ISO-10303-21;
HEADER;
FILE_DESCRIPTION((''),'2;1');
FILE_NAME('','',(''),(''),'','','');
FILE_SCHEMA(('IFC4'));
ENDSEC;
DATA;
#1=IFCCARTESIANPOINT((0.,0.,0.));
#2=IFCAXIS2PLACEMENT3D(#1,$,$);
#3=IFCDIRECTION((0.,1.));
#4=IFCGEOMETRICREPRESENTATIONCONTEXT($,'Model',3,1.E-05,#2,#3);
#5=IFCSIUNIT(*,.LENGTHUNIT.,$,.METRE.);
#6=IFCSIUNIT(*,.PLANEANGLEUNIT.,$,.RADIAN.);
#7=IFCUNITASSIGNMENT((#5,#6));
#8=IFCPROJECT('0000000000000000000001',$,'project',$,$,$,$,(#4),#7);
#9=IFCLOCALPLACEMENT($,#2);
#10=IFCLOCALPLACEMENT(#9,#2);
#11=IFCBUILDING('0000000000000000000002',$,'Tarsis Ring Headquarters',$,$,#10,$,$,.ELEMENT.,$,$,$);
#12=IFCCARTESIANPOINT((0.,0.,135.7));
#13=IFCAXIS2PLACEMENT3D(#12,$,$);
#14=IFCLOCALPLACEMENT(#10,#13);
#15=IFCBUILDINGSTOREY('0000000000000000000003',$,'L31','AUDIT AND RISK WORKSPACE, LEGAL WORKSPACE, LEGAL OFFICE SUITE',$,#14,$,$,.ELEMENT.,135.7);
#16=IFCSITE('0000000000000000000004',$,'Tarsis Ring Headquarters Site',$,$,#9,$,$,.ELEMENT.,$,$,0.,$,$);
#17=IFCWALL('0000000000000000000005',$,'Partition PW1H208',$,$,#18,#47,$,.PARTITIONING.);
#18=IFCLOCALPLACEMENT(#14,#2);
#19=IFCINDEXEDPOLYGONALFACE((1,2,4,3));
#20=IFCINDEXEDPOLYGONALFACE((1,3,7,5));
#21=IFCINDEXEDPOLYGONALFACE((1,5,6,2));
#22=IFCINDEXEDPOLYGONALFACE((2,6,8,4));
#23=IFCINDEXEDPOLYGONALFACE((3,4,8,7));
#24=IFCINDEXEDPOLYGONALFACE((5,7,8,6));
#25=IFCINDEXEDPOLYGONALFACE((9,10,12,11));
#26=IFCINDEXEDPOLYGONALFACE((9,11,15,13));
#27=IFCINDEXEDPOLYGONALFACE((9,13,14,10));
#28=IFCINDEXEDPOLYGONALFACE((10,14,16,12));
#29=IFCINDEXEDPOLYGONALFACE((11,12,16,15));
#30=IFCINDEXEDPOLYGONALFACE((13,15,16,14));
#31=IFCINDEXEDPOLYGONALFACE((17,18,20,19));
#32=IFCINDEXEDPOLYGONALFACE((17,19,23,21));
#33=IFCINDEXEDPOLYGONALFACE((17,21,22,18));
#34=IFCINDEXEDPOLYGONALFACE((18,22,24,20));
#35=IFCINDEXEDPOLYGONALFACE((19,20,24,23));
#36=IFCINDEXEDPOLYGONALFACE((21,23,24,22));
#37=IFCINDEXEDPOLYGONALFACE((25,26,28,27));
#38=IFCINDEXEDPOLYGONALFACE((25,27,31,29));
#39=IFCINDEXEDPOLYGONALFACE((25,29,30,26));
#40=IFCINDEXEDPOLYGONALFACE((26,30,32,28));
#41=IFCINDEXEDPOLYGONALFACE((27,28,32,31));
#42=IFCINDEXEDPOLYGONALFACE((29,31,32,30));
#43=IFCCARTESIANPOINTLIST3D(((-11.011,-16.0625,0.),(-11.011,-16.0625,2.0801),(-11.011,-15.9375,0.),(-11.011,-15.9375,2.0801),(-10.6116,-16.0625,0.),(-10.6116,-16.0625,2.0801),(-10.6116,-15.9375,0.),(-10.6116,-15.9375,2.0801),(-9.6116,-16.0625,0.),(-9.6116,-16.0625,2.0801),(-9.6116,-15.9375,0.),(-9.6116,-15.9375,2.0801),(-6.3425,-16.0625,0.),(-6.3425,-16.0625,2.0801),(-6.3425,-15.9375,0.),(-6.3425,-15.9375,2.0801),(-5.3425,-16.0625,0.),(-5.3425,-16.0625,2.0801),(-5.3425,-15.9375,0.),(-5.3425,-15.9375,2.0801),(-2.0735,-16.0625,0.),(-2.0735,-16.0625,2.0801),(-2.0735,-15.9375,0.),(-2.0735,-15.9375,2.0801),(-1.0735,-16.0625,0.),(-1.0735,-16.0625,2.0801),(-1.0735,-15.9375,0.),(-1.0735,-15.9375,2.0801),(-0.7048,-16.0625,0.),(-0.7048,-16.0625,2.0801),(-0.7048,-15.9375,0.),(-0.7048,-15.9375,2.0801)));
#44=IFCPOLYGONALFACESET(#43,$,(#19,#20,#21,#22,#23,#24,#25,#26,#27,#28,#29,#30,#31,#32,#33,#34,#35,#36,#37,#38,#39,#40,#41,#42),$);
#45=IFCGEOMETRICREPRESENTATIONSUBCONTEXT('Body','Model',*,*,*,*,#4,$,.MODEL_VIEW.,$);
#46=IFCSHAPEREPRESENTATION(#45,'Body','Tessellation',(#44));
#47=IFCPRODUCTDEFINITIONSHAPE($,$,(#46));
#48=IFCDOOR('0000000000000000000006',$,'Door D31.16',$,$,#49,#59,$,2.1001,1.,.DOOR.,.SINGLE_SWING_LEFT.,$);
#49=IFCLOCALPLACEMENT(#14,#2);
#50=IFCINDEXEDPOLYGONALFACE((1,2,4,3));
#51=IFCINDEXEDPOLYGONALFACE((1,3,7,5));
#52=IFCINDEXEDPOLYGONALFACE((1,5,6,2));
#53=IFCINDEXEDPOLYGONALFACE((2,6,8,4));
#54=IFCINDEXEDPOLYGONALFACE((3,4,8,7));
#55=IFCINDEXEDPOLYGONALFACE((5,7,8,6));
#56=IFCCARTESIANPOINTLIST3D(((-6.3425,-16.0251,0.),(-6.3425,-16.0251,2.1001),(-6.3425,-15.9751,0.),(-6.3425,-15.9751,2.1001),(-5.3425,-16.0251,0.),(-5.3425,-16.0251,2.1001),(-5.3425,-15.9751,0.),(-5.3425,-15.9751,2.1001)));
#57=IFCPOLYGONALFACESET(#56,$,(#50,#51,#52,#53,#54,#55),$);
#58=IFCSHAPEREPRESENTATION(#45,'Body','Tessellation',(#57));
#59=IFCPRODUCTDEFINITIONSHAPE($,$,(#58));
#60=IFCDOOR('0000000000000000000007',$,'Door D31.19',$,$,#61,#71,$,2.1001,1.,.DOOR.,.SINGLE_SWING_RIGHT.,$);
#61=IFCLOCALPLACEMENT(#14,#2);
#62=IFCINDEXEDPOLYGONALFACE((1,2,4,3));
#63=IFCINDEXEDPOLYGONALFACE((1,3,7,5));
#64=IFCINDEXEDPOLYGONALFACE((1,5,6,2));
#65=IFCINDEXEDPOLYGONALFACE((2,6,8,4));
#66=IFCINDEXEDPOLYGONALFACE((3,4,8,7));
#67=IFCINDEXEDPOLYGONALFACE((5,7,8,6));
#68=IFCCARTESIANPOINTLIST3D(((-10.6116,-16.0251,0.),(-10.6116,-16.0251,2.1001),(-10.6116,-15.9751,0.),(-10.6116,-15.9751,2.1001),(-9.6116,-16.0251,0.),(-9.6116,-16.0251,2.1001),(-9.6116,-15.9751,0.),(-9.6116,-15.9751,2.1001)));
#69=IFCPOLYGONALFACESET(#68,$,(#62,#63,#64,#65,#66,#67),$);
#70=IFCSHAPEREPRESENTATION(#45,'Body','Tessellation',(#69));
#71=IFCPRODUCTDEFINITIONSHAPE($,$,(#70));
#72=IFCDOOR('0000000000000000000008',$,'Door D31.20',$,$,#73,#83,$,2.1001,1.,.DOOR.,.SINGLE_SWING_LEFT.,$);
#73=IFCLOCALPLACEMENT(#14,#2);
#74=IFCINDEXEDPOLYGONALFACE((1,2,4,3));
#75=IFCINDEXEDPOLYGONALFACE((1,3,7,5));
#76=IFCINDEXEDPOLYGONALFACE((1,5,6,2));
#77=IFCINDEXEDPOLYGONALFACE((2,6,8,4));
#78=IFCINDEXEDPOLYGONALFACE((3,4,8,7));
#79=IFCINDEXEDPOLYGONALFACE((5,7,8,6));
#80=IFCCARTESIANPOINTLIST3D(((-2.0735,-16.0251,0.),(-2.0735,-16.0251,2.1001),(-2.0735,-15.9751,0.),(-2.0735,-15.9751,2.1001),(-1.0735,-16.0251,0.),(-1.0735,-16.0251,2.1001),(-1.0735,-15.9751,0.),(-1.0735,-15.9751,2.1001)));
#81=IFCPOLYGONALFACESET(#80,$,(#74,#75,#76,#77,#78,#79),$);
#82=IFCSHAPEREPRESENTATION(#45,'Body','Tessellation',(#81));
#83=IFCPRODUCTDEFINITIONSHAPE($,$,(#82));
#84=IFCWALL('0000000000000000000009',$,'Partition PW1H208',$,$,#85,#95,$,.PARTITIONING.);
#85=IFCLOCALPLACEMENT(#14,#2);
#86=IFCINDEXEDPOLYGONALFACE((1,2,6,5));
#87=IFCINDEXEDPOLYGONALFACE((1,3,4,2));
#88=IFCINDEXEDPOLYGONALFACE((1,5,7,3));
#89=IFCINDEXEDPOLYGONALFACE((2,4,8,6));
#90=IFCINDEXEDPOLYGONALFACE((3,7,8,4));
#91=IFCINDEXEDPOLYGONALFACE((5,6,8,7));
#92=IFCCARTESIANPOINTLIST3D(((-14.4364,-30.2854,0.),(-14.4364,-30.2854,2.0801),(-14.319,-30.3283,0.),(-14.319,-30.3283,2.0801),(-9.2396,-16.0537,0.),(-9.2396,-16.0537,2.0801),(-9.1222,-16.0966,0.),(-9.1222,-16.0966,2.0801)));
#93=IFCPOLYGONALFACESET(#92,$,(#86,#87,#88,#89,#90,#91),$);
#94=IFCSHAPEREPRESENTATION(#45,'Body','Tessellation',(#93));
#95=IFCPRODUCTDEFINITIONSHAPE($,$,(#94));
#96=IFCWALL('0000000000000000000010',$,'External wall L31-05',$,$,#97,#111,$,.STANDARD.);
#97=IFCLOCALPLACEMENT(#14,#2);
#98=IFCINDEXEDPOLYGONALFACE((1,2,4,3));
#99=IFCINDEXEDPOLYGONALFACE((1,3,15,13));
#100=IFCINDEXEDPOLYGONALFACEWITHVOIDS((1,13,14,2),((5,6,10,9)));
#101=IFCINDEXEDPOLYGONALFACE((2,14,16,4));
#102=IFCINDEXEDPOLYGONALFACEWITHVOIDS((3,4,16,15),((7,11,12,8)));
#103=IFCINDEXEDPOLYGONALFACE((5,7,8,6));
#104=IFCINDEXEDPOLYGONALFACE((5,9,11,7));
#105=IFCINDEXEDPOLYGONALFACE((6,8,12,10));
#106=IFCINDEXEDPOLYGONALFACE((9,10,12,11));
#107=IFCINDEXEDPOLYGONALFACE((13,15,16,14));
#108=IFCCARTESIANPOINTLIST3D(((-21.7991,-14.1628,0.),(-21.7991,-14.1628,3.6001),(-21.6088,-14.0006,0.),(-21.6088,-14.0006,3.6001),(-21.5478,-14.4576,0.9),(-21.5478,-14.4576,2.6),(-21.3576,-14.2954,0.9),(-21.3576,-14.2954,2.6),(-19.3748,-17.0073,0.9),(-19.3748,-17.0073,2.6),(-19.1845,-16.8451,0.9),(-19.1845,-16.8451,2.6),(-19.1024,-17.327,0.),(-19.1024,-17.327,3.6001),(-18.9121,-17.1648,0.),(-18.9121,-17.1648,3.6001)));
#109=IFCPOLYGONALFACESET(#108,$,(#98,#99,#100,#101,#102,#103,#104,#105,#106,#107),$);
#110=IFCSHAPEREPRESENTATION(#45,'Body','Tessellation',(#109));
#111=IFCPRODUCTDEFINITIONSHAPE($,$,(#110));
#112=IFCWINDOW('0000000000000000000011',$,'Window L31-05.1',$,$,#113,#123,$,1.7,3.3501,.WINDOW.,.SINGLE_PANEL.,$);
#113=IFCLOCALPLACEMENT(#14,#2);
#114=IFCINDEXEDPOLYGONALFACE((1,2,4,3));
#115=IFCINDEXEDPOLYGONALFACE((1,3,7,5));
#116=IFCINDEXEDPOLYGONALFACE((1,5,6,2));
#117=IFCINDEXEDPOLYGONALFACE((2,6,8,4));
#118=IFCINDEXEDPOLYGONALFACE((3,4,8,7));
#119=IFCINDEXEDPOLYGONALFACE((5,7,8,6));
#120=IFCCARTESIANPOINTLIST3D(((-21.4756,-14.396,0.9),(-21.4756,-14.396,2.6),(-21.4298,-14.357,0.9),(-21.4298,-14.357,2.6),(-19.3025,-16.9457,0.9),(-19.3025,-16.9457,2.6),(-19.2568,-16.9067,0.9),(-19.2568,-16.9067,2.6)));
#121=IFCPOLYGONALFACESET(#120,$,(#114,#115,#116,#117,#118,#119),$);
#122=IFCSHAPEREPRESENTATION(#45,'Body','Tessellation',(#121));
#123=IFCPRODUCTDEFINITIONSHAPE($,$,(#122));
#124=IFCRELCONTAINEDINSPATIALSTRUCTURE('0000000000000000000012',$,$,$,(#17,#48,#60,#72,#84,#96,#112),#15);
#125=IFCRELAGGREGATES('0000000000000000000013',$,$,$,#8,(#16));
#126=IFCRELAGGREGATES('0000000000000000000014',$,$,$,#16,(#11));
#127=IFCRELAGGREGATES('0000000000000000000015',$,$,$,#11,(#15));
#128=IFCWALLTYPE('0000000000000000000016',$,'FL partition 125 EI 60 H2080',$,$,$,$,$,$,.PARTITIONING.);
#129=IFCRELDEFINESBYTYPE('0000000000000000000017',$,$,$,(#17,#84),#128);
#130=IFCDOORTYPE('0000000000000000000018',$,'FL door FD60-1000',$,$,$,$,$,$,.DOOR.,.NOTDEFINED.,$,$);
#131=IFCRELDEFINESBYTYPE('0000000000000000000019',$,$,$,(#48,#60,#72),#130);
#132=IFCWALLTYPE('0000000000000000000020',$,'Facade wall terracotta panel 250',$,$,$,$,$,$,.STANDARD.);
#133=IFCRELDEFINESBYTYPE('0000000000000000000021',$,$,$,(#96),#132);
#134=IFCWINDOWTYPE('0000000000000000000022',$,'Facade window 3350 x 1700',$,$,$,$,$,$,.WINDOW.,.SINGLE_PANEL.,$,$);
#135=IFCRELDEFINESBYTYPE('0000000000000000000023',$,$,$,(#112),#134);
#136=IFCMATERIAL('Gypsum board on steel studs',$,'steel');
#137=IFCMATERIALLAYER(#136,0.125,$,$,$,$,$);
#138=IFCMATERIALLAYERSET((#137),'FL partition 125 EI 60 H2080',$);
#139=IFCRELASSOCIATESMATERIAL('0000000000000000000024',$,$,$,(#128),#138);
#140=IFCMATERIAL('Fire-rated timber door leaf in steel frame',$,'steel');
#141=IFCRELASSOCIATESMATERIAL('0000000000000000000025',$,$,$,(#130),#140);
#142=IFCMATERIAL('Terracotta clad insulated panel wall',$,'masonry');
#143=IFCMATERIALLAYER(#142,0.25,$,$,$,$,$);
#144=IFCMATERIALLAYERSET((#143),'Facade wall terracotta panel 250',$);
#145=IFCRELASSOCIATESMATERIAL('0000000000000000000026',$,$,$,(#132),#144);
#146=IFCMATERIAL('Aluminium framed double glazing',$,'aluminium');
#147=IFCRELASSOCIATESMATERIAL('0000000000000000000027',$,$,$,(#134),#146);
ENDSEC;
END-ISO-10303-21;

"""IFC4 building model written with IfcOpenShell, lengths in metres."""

from ifc_helpers import new_model, si_unit, direction, frame, frame_2d, origin, place, context, subcontext, project, spatial, rectangle, extrude, material, layer, layer_set, type_object, element, fill, save


model = new_model("IFC4")

# Units and contexts
model_context = context("Model", 3, precision=1e-05, world=origin(), true_north=direction((0.0, 1.0)))
body_context = subcontext(model_context, "Body", "Model", "MODEL_VIEW")
ifc_project = project(units=[si_unit("LENGTHUNIT", "METRE"), si_unit("PLANEANGLEUNIT", "RADIAN")], contexts=[model_context])

# Site, building, storey
site_placement = place(None, origin())
site = spatial("IfcSite", under=ifc_project, at=site_placement, Name="Tarsis Ring Headquarters Site", CompositionType="ELEMENT", RefElevation=0.0)
building_placement = place(site_placement, origin())
building = spatial("IfcBuilding", under=site, at=building_placement, Name="Tarsis Ring Headquarters", CompositionType="ELEMENT")
storey_placement = place(building_placement, frame((0.0, 0.0, 135.7)))
storey = spatial("IfcBuildingStorey", under=building, at=storey_placement, Name="L31", Description="AUDIT AND RISK WORKSPACE, LEGAL WORKSPACE, LEGAL OFFICE SUITE", CompositionType="ELEMENT", Elevation=135.7)

# Shared definitions
ifc_material_1 = material(Name="Gypsum board on steel studs", Category="steel")

# Shared definitions
ifc_layer_1 = layer(ifc_material_1, 0.125)
ifc_layer_set_1 = layer_set([ifc_layer_1], Name="FL partition 125 EI 60 H2080")
wall_type_1 = type_object("IfcWallType", Name="FL partition 125 EI 60 H2080", PredefinedType="PARTITIONING", material=ifc_layer_set_1)
ifc_material_2 = material(Name="Fire-rated timber door leaf in steel frame", Category="steel")
door_type_1 = type_object("IfcDoorType", Name="FL door FD60-1000", OperationType="NOTDEFINED", PredefinedType="DOOR", material=ifc_material_2)

# Wall, openings, doors
wall_1_placement = place(storey_placement, frame((-11.011, -16.0, 0.0), z_axis=(0.0, 0.0, 1.0), x_axis=(1.0, 0.0, 0.0)))
wall_1 = element("IfcWall", 1, at=wall_1_placement, inside=storey, type_object=wall_type_1, Name="Partition PW1H208", PredefinedType="PARTITIONING", context=body_context, shape_type="SweptSolid", body=[
    extrude(rectangle(XDim=10.3062, YDim=0.125, at=frame_2d((5.1531, 0.0))), origin(), (0.0, 0.0, 1.0), 2.0801),
])
opening_1_placement = place(wall_1_placement, frame((4.6685, 0.0, 0.0)))
opening_1 = element("IfcOpeningElement", 2, at=opening_1_placement, cuts=wall_1, PredefinedType="OPENING", context=body_context, shape_type="SweptSolid", body=[
    extrude(rectangle(XDim=1.0, YDim=2.1001, at=frame_2d((0.5, 1.05))), frame((0.0, 0.0725, 0.0), z_axis=(0.0, -1.0, 0.0), x_axis=(1.0, 0.0, 0.0)), (0.0, 0.0, 1.0), 0.145),
])
opening_2_placement = place(wall_1_placement, frame((0.3994, 0.0, 0.0)))
opening_2 = element("IfcOpeningElement", 3, at=opening_2_placement, cuts=wall_1, PredefinedType="OPENING", context=body_context, shape_type="SweptSolid", body=[
    extrude(rectangle(XDim=1.0, YDim=2.1001, at=frame_2d((0.5, 1.05))), frame((0.0, 0.0725, 0.0), z_axis=(0.0, -1.0, 0.0), x_axis=(1.0, 0.0, 0.0)), (0.0, 0.0, 1.0), 0.145),
])
opening_3_placement = place(wall_1_placement, frame((8.9375, 0.0, 0.0)))
opening_3 = element("IfcOpeningElement", 4, at=opening_3_placement, cuts=wall_1, PredefinedType="OPENING", context=body_context, shape_type="SweptSolid", body=[
    extrude(rectangle(XDim=1.0, YDim=2.1001, at=frame_2d((0.5, 1.05))), frame((0.0, 0.0725, 0.0), z_axis=(0.0, -1.0, 0.0), x_axis=(1.0, 0.0, 0.0)), (0.0, 0.0, 1.0), 0.145),
])
door_1_placement = place(opening_1_placement, origin())
door_1 = element("IfcDoor", 5, at=door_1_placement, inside=storey, type_object=door_type_1, Name="Door D31.16", OperationType="SINGLE_SWING_LEFT", OverallHeight=2.1001, OverallWidth=1.0, PredefinedType="DOOR", context=body_context, shape_type="SweptSolid", body=[
    extrude(rectangle(XDim=1.0, YDim=2.1001, at=frame_2d((0.5, 1.05))), frame((0.0, 0.0249, 0.0), z_axis=(0.0, -1.0, 0.0), x_axis=(1.0, 0.0, 0.0)), (0.0, 0.0, 1.0), 0.05),
])
fill(opening_1, door_1)
door_2_placement = place(opening_2_placement, origin())
door_2 = element("IfcDoor", 6, at=door_2_placement, inside=storey, type_object=door_type_1, Name="Door D31.19", OperationType="SINGLE_SWING_RIGHT", OverallHeight=2.1001, OverallWidth=1.0, PredefinedType="DOOR", context=body_context, shape_type="SweptSolid", body=[
    extrude(rectangle(XDim=1.0, YDim=2.1001, at=frame_2d((0.5, 1.05))), frame((0.0, 0.0249, 0.0), z_axis=(0.0, -1.0, 0.0), x_axis=(1.0, 0.0, 0.0)), (0.0, 0.0, 1.0), 0.05),
])
fill(opening_2, door_2)
door_3_placement = place(opening_3_placement, origin())
door_3 = element("IfcDoor", 7, at=door_3_placement, inside=storey, type_object=door_type_1, Name="Door D31.20", OperationType="SINGLE_SWING_LEFT", OverallHeight=2.1001, OverallWidth=1.0, PredefinedType="DOOR", context=body_context, shape_type="SweptSolid", body=[
    extrude(rectangle(XDim=1.0, YDim=2.1001, at=frame_2d((0.5, 1.05))), frame((0.0, 0.0249, 0.0), z_axis=(0.0, -1.0, 0.0), x_axis=(1.0, 0.0, 0.0)), (0.0, 0.0, 1.0), 0.05),
])
fill(opening_3, door_3)

# Wall
wall_2_placement = place(storey_placement, frame((-14.3777, -30.3069, 0.0), z_axis=(0.0, 0.0, 1.0), x_axis=(0.343003, 0.939334, 0.0)))
element("IfcWall", 8, at=wall_2_placement, inside=storey, type_object=wall_type_1, Name="Partition PW1H208", PredefinedType="PARTITIONING", context=body_context, shape_type="SweptSolid", body=[
    extrude(rectangle(XDim=15.1509, YDim=0.125, at=frame_2d((7.5754, 0.0))), origin(), (0.0, 0.0, 1.0), 2.0801),
])

# Wall, opening, window
ifc_material_3 = material(Name="Terracotta clad insulated panel wall", Category="masonry")
ifc_layer_2 = layer(ifc_material_3, 0.25)
ifc_layer_set_2 = layer_set([ifc_layer_2], Name="Facade wall terracotta panel 250")
wall_type_2 = type_object("IfcWallType", Name="Facade wall terracotta panel 250", PredefinedType="STANDARD", material=ifc_layer_set_2)
wall_3_placement = place(storey_placement, frame((-21.7039, -14.0818, 0.0), z_axis=(0.0, 0.0, 1.0), x_axis=(0.648642, -0.761094, 0.0)))
wall_3 = element("IfcWall", 9, at=wall_3_placement, inside=storey, type_object=wall_type_2, Name="External wall L31-05", PredefinedType="STANDARD", context=body_context, shape_type="SweptSolid", body=[
    extrude(rectangle(XDim=4.1575, YDim=0.25, at=frame_2d((2.0786, 0.0))), origin(), (0.0, 0.0, 1.0), 3.6001),
])
opening_4_placement = place(wall_3_placement, frame((0.3872, 0.0, 0.8999)))
opening_4 = element("IfcOpeningElement", 10, at=opening_4_placement, cuts=wall_3, PredefinedType="OPENING", context=body_context, shape_type="SweptSolid", body=[
    extrude(rectangle(XDim=3.3501, YDim=1.7, at=frame_2d((1.675, 0.8501))), frame((0.0, 0.135, 0.0), z_axis=(0.0, -1.0, 0.0), x_axis=(1.0, 0.0, 0.0)), (0.0, 0.0, 1.0), 0.27),
])
ifc_material_4 = material(Name="Aluminium framed double glazing", Category="aluminium")
window_type_1 = type_object("IfcWindowType", Name="Facade window 3350 x 1700", PartitioningType="SINGLE_PANEL", PredefinedType="WINDOW", material=ifc_material_4)
window_1_placement = place(opening_4_placement, origin())
window_1 = element("IfcWindow", 11, at=window_1_placement, inside=storey, type_object=window_type_1, Name="Window L31-05.1", OverallHeight=1.7, OverallWidth=3.3501, PartitioningType="SINGLE_PANEL", PredefinedType="WINDOW", context=body_context, shape_type="SweptSolid", body=[
    extrude(rectangle(XDim=3.3501, YDim=1.7, at=frame_2d((1.675, 0.8501))), frame((0.0, 0.03, 0.0), z_axis=(0.0, -1.0, 0.0), x_axis=(1.0, 0.0, 0.0)), (0.0, 0.0, 1.0), 0.0601),
])
fill(opening_4, window_1)

save(model, "model.ifc")
